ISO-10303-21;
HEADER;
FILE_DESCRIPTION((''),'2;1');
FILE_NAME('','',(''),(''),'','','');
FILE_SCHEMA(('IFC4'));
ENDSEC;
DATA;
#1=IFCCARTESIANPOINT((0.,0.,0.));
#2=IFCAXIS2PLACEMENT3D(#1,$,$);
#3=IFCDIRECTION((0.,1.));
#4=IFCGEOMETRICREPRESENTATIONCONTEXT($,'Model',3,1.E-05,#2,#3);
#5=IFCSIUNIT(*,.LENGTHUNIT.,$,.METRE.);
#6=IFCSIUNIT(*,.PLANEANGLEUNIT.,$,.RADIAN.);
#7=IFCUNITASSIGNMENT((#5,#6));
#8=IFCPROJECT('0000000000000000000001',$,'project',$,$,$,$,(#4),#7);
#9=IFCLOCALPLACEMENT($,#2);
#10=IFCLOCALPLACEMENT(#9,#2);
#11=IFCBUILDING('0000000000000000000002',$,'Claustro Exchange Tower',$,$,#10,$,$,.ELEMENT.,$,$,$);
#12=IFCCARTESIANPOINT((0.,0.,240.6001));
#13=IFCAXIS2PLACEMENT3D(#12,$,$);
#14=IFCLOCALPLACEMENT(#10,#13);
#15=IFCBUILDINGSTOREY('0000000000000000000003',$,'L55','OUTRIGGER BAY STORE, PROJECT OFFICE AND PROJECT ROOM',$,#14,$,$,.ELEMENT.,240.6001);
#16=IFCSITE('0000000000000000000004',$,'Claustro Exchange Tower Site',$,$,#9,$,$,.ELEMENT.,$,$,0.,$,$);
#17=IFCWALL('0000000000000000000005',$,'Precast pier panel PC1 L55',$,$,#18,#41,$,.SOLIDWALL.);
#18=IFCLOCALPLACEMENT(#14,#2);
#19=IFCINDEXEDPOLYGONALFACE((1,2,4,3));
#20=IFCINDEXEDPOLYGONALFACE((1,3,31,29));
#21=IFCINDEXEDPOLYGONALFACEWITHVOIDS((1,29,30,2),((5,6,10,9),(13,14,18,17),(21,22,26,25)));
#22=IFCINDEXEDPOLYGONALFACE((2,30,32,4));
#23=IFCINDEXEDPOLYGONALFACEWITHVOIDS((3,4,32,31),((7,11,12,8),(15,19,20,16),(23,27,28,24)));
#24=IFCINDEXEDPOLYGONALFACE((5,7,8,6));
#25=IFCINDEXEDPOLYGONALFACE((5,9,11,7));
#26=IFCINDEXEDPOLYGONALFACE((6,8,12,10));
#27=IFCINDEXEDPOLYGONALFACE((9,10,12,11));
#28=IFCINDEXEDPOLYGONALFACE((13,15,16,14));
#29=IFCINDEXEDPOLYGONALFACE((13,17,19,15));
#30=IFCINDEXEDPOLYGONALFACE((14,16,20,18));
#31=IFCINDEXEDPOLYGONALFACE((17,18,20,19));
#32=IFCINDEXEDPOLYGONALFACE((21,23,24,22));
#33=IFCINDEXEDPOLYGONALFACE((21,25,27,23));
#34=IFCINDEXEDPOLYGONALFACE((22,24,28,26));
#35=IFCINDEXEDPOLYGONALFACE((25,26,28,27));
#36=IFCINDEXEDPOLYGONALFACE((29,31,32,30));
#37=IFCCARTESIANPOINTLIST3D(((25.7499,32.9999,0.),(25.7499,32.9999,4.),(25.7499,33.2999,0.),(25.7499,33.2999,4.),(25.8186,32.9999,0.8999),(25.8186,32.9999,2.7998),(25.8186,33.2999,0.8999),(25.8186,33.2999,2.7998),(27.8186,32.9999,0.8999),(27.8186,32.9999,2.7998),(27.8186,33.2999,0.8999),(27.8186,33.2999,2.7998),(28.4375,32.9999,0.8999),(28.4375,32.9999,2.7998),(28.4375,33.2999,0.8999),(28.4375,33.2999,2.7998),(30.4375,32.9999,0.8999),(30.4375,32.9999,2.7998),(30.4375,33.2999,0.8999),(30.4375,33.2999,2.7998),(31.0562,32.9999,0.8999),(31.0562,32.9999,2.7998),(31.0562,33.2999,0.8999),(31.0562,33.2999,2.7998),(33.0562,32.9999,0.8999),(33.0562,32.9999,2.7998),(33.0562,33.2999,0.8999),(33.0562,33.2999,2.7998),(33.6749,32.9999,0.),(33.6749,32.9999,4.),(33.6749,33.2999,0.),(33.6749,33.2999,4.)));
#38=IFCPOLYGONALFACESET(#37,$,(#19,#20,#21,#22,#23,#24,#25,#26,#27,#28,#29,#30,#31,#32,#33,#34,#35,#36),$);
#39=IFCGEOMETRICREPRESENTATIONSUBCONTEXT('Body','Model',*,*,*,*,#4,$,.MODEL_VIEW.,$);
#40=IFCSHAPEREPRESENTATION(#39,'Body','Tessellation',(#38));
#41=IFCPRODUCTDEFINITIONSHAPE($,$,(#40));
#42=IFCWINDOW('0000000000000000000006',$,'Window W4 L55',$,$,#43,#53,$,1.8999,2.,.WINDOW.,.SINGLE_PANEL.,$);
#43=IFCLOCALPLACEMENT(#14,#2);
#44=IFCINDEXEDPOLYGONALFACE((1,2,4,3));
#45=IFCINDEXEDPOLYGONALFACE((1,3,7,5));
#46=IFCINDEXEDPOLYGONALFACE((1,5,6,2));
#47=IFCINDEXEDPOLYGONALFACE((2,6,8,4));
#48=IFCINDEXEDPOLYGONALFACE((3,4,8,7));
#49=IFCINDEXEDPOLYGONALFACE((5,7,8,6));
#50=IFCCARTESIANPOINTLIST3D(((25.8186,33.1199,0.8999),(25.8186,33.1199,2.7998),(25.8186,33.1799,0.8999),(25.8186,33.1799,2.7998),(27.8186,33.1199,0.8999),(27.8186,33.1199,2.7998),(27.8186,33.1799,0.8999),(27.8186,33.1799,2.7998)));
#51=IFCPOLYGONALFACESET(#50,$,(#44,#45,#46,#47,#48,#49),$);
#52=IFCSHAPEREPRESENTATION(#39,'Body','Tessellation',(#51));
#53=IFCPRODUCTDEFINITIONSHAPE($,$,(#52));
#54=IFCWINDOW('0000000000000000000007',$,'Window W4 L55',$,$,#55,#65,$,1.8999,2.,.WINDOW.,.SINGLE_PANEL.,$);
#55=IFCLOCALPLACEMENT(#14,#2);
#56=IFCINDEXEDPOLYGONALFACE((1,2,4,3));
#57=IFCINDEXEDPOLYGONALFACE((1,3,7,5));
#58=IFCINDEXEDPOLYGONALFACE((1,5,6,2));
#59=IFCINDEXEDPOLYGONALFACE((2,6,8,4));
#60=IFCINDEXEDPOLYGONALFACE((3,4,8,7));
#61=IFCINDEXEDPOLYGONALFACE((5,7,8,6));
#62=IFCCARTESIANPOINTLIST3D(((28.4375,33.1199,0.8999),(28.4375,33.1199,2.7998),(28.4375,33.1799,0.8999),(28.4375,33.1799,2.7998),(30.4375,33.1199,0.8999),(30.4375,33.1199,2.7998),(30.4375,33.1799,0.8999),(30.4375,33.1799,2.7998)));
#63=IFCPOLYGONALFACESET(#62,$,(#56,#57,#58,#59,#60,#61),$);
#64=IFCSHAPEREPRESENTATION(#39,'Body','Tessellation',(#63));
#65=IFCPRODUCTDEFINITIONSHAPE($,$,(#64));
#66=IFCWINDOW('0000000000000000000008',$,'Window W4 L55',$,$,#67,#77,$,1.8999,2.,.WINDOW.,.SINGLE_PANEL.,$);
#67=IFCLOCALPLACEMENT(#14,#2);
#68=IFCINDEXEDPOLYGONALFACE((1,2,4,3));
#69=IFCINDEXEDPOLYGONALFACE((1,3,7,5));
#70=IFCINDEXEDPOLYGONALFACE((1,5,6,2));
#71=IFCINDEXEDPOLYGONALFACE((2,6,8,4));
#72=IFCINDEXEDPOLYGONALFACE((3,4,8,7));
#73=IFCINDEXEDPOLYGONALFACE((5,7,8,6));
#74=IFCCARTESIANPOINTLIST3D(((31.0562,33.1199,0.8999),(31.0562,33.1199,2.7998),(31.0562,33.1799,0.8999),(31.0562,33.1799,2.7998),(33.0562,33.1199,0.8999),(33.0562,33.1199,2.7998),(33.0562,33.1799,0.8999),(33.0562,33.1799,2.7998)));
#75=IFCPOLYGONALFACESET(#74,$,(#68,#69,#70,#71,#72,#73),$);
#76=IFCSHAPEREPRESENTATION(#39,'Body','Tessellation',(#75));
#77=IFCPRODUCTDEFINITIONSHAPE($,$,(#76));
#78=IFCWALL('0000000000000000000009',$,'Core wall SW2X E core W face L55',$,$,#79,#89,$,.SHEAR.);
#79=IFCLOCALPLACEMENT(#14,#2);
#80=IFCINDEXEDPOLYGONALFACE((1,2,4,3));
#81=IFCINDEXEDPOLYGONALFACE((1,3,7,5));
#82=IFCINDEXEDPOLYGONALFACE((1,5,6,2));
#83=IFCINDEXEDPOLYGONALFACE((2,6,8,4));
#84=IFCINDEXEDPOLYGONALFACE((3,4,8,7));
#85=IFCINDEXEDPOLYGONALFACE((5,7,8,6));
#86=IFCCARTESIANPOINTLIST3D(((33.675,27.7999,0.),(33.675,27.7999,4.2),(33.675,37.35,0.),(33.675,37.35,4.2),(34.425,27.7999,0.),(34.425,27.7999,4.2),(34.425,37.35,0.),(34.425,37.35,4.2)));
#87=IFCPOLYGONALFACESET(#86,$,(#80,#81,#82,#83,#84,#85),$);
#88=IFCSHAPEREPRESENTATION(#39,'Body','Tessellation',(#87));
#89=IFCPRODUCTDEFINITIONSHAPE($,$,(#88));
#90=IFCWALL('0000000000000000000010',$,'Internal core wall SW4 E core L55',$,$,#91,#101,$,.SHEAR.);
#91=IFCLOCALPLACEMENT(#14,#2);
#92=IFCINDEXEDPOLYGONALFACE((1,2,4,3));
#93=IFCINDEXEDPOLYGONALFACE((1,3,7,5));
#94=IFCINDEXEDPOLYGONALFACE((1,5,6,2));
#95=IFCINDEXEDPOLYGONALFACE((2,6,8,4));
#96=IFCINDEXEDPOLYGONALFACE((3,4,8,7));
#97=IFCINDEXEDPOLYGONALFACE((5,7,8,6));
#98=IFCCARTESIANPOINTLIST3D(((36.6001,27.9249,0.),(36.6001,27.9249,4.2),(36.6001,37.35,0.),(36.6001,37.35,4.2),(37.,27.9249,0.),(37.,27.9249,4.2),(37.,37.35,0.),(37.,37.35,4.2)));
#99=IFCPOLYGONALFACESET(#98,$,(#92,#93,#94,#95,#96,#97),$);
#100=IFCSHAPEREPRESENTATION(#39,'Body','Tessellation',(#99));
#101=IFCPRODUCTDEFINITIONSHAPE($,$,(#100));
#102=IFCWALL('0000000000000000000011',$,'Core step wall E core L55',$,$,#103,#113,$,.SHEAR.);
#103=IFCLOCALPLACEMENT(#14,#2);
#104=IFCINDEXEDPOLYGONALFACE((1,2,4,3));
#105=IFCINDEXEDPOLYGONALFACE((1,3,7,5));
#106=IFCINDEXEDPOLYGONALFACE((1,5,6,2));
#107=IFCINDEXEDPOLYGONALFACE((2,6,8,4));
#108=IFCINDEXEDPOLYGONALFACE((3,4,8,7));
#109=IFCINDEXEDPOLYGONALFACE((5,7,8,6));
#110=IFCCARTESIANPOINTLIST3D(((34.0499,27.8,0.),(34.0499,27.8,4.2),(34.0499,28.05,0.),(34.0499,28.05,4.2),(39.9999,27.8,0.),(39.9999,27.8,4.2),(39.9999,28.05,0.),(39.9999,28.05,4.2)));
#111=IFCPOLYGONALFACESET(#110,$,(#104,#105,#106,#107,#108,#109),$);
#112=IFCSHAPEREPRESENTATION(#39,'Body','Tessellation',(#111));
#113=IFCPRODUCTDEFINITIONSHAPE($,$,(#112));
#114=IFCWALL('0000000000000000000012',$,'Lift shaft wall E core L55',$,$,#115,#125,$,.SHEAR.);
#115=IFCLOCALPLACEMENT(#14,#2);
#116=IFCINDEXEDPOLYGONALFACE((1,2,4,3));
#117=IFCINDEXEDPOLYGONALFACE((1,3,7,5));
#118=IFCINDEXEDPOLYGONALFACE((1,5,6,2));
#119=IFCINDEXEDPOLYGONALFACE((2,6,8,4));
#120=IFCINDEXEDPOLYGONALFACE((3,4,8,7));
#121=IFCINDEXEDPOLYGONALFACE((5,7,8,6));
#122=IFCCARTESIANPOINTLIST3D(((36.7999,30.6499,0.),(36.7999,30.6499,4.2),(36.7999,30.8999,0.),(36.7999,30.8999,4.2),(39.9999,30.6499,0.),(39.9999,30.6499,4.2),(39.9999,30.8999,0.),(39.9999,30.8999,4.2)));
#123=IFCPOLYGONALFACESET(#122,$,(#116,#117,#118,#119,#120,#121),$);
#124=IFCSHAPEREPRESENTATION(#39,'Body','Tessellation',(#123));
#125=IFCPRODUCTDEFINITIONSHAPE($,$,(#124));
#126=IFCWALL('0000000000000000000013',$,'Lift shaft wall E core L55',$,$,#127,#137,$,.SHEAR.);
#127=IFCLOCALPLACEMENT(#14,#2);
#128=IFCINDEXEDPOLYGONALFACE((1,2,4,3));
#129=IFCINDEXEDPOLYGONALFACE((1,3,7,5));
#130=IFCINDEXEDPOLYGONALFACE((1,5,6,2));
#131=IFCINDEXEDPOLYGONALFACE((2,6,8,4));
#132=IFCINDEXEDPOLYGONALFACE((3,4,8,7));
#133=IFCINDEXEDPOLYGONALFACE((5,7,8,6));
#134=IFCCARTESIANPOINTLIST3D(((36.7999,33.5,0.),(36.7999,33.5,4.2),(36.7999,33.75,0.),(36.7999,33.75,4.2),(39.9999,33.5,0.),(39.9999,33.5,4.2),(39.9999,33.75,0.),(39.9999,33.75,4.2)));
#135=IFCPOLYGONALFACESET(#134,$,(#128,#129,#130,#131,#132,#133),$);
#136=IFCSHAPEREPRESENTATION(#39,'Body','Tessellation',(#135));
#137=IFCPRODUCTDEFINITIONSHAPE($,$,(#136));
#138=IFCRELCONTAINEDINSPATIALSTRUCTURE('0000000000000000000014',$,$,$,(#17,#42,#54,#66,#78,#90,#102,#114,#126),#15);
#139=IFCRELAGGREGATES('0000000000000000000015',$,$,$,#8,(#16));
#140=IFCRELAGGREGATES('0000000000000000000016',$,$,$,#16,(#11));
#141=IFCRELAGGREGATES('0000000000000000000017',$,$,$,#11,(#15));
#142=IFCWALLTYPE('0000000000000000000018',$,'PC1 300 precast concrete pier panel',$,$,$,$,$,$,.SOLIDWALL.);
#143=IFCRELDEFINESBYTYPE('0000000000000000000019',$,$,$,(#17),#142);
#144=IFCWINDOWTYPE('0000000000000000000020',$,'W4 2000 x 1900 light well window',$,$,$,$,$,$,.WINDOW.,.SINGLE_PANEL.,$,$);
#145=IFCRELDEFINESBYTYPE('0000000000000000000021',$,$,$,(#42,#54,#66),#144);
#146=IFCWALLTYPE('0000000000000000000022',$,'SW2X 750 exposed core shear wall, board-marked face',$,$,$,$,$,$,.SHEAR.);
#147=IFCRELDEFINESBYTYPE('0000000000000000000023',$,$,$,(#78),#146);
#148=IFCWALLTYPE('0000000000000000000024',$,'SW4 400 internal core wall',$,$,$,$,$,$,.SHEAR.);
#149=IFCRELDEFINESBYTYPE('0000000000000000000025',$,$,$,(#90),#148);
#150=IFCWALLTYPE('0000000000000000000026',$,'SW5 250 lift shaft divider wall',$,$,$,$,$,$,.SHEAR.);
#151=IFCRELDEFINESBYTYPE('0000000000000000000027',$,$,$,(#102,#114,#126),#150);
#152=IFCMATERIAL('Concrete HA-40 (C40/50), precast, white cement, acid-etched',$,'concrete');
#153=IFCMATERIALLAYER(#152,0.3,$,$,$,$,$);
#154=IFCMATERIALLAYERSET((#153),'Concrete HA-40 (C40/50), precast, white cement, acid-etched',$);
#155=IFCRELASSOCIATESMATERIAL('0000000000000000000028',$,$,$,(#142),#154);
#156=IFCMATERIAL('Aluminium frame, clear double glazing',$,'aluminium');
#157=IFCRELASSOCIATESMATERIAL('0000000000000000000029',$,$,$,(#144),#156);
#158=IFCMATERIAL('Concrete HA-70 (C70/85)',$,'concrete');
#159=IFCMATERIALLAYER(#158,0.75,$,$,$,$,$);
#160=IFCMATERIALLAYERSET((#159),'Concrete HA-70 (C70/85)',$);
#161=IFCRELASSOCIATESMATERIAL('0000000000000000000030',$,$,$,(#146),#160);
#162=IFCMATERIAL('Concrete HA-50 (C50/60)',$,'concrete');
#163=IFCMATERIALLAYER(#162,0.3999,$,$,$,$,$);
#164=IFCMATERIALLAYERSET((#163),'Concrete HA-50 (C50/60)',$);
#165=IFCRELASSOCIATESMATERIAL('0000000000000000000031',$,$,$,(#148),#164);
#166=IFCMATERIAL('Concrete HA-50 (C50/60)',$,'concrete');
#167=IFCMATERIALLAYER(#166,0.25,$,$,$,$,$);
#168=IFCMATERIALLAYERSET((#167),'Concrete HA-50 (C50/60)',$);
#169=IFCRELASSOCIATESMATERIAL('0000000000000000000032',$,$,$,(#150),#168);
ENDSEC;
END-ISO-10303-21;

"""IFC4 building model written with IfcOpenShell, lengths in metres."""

from ifc_helpers import new_model, si_unit, direction, frame, frame_2d, origin, place, context, subcontext, project, spatial, rectangle, extrude, material, layer, layer_set, type_object, element, fill, save


model = new_model("IFC4")

# Units and contexts
model_context = context("Model", 3, precision=1e-05, world=origin(), true_north=direction((0.0, 1.0)))
body_context = subcontext(model_context, "Body", "Model", "MODEL_VIEW")
ifc_project = project(units=[si_unit("LENGTHUNIT", "METRE"), si_unit("PLANEANGLEUNIT", "RADIAN")], contexts=[model_context])

# Site, building, storey
site_placement = place(None, origin())
site = spatial("IfcSite", under=ifc_project, at=site_placement, Name="Claustro Exchange Tower Site", CompositionType="ELEMENT", RefElevation=0.0)
building_placement = place(site_placement, origin())
building = spatial("IfcBuilding", under=site, at=building_placement, Name="Claustro Exchange Tower", CompositionType="ELEMENT")
storey_placement = place(building_placement, frame((0.0, 0.0, 240.6001)))
storey = spatial("IfcBuildingStorey", under=building, at=storey_placement, Name="L55", Description="OUTRIGGER BAY STORE, PROJECT OFFICE AND PROJECT ROOM", CompositionType="ELEMENT", Elevation=240.6001)

# Wall, openings, windows
ifc_material_1 = material(Name="Concrete HA-40 (C40/50), precast, white cement, acid-etched", Category="concrete")
ifc_layer_1 = layer(ifc_material_1, 0.3)
ifc_layer_set_1 = layer_set([ifc_layer_1], Name="Concrete HA-40 (C40/50), precast, white cement, acid-etched")
wall_type_1 = type_object("IfcWallType", Name="PC1 300 precast concrete pier panel", PredefinedType="SOLIDWALL", material=ifc_layer_set_1)
wall_1_placement = place(storey_placement, frame((25.75, 33.1499, 0.0), z_axis=(0.0, 0.0, 1.0), x_axis=(1.0, 0.0, 0.0)))
wall_1 = element("IfcWall", 1, at=wall_1_placement, inside=storey, type_object=wall_type_1, Name="Precast pier panel PC1 L55", PredefinedType="SOLIDWALL", context=body_context, shape_type="SweptSolid", body=[
    extrude(rectangle(XDim=7.925, YDim=0.3, at=frame_2d((3.9624, 0.0))), origin(), (0.0, 0.0, 1.0), 4.0),
])
opening_1_placement = place(wall_1_placement, frame((0.0686, 0.0, 0.8999)))
opening_1 = element("IfcOpeningElement", 2, at=opening_1_placement, cuts=wall_1, PredefinedType="OPENING", context=body_context, shape_type="SweptSolid", body=[
    extrude(rectangle(XDim=2.0, YDim=1.8999, at=frame_2d((1.0, 0.95))), frame((0.0, 0.1599, 0.0), z_axis=(0.0, -1.0, 0.0), x_axis=(1.0, 0.0, 0.0)), (0.0, 0.0, 1.0), 0.3201),
])
opening_2_placement = place(wall_1_placement, frame((2.6875, 0.0, 0.8999)))
opening_2 = element("IfcOpeningElement", 3, at=opening_2_placement, cuts=wall_1, PredefinedType="OPENING", context=body_context, shape_type="SweptSolid", body=[
    extrude(rectangle(XDim=2.0, YDim=1.8999, at=frame_2d((1.0, 0.95))), frame((0.0, 0.1599, 0.0), z_axis=(0.0, -1.0, 0.0), x_axis=(1.0, 0.0, 0.0)), (0.0, 0.0, 1.0), 0.3201),
])
opening_3_placement = place(wall_1_placement, frame((5.3062, 0.0, 0.8999)))
opening_3 = element("IfcOpeningElement", 4, at=opening_3_placement, cuts=wall_1, PredefinedType="OPENING", context=body_context, shape_type="SweptSolid", body=[
    extrude(rectangle(XDim=2.0, YDim=1.8999, at=frame_2d((1.0, 0.95))), frame((0.0, 0.1599, 0.0), z_axis=(0.0, -1.0, 0.0), x_axis=(1.0, 0.0, 0.0)), (0.0, 0.0, 1.0), 0.3201),
])
ifc_material_2 = material(Name="Aluminium frame, clear double glazing", Category="aluminium")
window_type = type_object("IfcWindowType", Name="W4 2000 x 1900 light well window", PartitioningType="SINGLE_PANEL", PredefinedType="WINDOW", material=ifc_material_2)
window_1_placement = place(opening_1_placement, origin())
window_1 = element("IfcWindow", 5, at=window_1_placement, inside=storey, type_object=window_type, Name="Window W4 L55", OverallHeight=1.8999, OverallWidth=2.0, PartitioningType="SINGLE_PANEL", PredefinedType="WINDOW", context=body_context, shape_type="SweptSolid", body=[
    extrude(rectangle(XDim=2.0, YDim=1.8999, at=frame_2d((1.0, 0.95))), frame((0.0, 0.03, 0.0), z_axis=(0.0, -1.0, 0.0), x_axis=(1.0, 0.0, 0.0)), (0.0, 0.0, 1.0), 0.0601),
])
fill(opening_1, window_1)
window_2_placement = place(opening_2_placement, origin())
window_2 = element("IfcWindow", 6, at=window_2_placement, inside=storey, type_object=window_type, Name="Window W4 L55", OverallHeight=1.8999, OverallWidth=2.0, PartitioningType="SINGLE_PANEL", PredefinedType="WINDOW", context=body_context, shape_type="SweptSolid", body=[
    extrude(rectangle(XDim=2.0, YDim=1.8999, at=frame_2d((1.0, 0.95))), frame((0.0, 0.03, 0.0), z_axis=(0.0, -1.0, 0.0), x_axis=(1.0, 0.0, 0.0)), (0.0, 0.0, 1.0), 0.0601),
])
fill(opening_2, window_2)
window_3_placement = place(opening_3_placement, origin())
window_3 = element("IfcWindow", 7, at=window_3_placement, inside=storey, type_object=window_type, Name="Window W4 L55", OverallHeight=1.8999, OverallWidth=2.0, PartitioningType="SINGLE_PANEL", PredefinedType="WINDOW", context=body_context, shape_type="SweptSolid", body=[
    extrude(rectangle(XDim=2.0, YDim=1.8999, at=frame_2d((1.0, 0.95))), frame((0.0, 0.03, 0.0), z_axis=(0.0, -1.0, 0.0), x_axis=(1.0, 0.0, 0.0)), (0.0, 0.0, 1.0), 0.0601),
])
fill(opening_3, window_3)

# Walls
ifc_material_3 = material(Name="Concrete HA-70 (C70/85)", Category="concrete")
ifc_layer_2 = layer(ifc_material_3, 0.75)
ifc_layer_set_2 = layer_set([ifc_layer_2], Name="Concrete HA-70 (C70/85)")
wall_type_2 = type_object("IfcWallType", Name="SW2X 750 exposed core shear wall, board-marked face", PredefinedType="SHEAR", material=ifc_layer_set_2)
wall_2_placement = place(storey_placement, frame((34.05, 27.8, 0.0), z_axis=(0.0, 0.0, 1.0), x_axis=(0.0, 1.0, 0.0)))
element("IfcWall", 8, at=wall_2_placement, inside=storey, type_object=wall_type_2, Name="Core wall SW2X E core W face L55", PredefinedType="SHEAR", context=body_context, shape_type="SweptSolid", body=[
    extrude(rectangle(XDim=9.55, YDim=0.75, at=frame_2d((4.7749, 0.0))), origin(), (0.0, 0.0, 1.0), 4.2),
])
ifc_material_4 = material(Name="Concrete HA-50 (C50/60)", Category="concrete")
ifc_layer_3 = layer(ifc_material_4, 0.3999)
ifc_layer_set_3 = layer_set([ifc_layer_3], Name="Concrete HA-50 (C50/60)")
wall_type_3 = type_object("IfcWallType", Name="SW4 400 internal core wall", PredefinedType="SHEAR", material=ifc_layer_set_3)
wall_3_placement = place(storey_placement, frame((36.8, 27.925, 0.0), z_axis=(0.0, 0.0, 1.0), x_axis=(0.0, 1.0, 0.0)))
element("IfcWall", 9, at=wall_3_placement, inside=storey, type_object=wall_type_3, Name="Internal core wall SW4 E core L55", PredefinedType="SHEAR", context=body_context, shape_type="SweptSolid", body=[
    extrude(rectangle(XDim=9.425, YDim=0.3999, at=frame_2d((4.7124, 0.0))), origin(), (0.0, 0.0, 1.0), 4.2),
])
ifc_material_5 = material(Name="Concrete HA-50 (C50/60)", Category="concrete")
ifc_layer_4 = layer(ifc_material_5, 0.25)
ifc_layer_set_4 = layer_set([ifc_layer_4], Name="Concrete HA-50 (C50/60)")
wall_type_4 = type_object("IfcWallType", Name="SW5 250 lift shaft divider wall", PredefinedType="SHEAR", material=ifc_layer_set_4)
wall_4_placement = place(storey_placement, frame((40.0, 27.925, 0.0), z_axis=(0.0, 0.0, 1.0), x_axis=(-1.0, 0.0, 0.0)))
element("IfcWall", 10, at=wall_4_placement, inside=storey, type_object=wall_type_4, Name="Core step wall E core L55", PredefinedType="SHEAR", context=body_context, shape_type="SweptSolid", body=[
    extrude(rectangle(XDim=5.95, YDim=0.25, at=frame_2d((2.9751, 0.0))), origin(), (0.0, 0.0, 1.0), 4.2),
])
for number, where, z_axis, x_axis, name in (
    (11, (40.0, 30.7749, 0.0), (0.0, 0.0, 1.0), (-1.0, 0.0, 0.0), "Lift shaft wall E core L55"),
    (12, (40.0, 33.625, 0.0), (0.0, 0.0, 1.0), (-1.0, 0.0, 0.0), "Lift shaft wall E core L55"),
):
    element("IfcWall", number, at=place(storey_placement, frame(where, z_axis=z_axis, x_axis=x_axis)), inside=storey, type_object=wall_type_4, Name=name, PredefinedType="SHEAR", context=body_context, shape_type="SweptSolid", body=[
        extrude(rectangle(XDim=3.2, YDim=0.25, at=frame_2d((1.6001, 0.0))), origin(), (0.0, 0.0, 1.0), 4.2),
    ])

save(model, "model.ifc")
